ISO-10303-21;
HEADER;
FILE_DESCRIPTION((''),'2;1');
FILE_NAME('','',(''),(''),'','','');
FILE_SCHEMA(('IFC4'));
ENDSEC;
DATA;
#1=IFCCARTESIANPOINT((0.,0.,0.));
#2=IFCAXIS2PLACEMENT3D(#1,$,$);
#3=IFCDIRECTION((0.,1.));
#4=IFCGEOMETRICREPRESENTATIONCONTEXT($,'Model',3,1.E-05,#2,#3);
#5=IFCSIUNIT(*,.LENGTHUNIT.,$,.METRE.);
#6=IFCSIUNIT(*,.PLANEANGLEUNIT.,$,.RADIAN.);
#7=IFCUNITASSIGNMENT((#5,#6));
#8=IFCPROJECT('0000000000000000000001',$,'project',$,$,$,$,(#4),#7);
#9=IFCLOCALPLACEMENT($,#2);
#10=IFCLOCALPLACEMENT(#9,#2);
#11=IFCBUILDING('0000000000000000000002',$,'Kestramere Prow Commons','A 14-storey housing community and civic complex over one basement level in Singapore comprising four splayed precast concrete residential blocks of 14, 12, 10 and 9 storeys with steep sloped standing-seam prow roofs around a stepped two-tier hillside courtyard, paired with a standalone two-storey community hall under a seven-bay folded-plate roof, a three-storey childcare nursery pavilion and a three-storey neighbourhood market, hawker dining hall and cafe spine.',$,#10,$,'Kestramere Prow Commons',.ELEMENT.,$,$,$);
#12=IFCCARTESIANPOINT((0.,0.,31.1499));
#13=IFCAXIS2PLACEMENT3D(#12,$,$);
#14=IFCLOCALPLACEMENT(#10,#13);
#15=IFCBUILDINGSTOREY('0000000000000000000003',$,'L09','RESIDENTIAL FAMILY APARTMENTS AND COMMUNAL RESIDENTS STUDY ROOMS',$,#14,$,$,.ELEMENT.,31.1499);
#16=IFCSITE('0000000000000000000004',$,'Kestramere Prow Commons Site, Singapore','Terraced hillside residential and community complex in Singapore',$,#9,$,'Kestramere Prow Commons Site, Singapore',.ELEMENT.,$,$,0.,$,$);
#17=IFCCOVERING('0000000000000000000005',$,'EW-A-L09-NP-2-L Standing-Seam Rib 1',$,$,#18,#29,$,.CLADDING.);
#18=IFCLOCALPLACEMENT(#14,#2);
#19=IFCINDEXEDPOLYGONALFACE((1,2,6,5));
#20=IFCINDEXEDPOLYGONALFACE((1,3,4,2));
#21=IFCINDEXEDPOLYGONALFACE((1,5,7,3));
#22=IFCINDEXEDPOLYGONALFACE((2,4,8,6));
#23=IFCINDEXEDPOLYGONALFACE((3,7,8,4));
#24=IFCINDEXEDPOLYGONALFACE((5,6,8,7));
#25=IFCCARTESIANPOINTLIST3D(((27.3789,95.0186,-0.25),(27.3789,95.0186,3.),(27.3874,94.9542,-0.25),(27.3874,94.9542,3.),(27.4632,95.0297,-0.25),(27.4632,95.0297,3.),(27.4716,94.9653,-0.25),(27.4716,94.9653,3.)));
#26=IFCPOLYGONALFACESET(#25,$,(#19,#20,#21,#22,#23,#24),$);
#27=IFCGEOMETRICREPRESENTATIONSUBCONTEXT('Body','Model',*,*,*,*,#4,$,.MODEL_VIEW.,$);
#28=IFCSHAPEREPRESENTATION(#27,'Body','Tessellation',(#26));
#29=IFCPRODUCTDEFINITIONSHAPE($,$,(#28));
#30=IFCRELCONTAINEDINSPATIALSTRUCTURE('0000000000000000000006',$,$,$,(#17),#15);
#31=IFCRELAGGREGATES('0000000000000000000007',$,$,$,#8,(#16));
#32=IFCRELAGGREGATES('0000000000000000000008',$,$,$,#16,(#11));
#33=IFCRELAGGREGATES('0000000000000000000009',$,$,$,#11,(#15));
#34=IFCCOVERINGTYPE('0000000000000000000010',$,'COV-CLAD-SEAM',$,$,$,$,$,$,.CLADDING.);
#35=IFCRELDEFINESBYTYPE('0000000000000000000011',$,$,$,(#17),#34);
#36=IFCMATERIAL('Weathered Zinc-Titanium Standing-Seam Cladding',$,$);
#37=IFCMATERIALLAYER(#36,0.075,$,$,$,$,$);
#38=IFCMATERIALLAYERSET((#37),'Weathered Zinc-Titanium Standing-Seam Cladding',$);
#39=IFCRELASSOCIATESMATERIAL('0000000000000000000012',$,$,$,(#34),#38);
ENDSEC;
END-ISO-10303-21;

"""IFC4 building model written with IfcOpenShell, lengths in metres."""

from ifc_helpers import new_model, si_unit, direction, frame, origin, origin_2d, place, context, subcontext, project, spatial, rectangle, extrude, material, layer, layer_set, type_object, element, save


model = new_model("IFC4")

# Units and contexts
model_context = context("Model", 3, precision=1e-05, world=origin(), true_north=direction((0.0, 1.0)))
body_context = subcontext(model_context, "Body", "Model", "MODEL_VIEW")
ifc_project = project(units=[si_unit("LENGTHUNIT", "METRE"), si_unit("PLANEANGLEUNIT", "RADIAN")], contexts=[model_context])

# Site, building, storey
site_placement = place(None, origin())
site = spatial("IfcSite", under=ifc_project, at=site_placement, Name="Kestramere Prow Commons Site, Singapore", Description="Terraced hillside residential and community complex in Singapore", LongName="Kestramere Prow Commons Site, Singapore", CompositionType="ELEMENT", RefElevation=0.0)
building_placement = place(site_placement, origin())
building = spatial("IfcBuilding", under=site, at=building_placement, Name="Kestramere Prow Commons", Description="A 14-storey housing community and civic complex over one basement level in Singapore comprising four splayed precast concrete residential blocks of 14, 12, 10 and 9 storeys with steep sloped standing-seam prow roofs around a stepped two-tier hillside courtyard, paired with a standalone two-storey community hall under a seven-bay folded-plate roof, a three-storey childcare nursery pavilion and a three-storey neighbourhood market, hawker dining hall and cafe spine.", LongName="Kestramere Prow Commons", CompositionType="ELEMENT")
storey_placement = place(building_placement, frame((0.0, 0.0, 31.1499)))
storey = spatial("IfcBuildingStorey", under=building, at=storey_placement, Name="L09", Description="RESIDENTIAL FAMILY APARTMENTS AND COMMUNAL RESIDENTS STUDY ROOMS", CompositionType="ELEMENT", Elevation=31.1499)

# Covering
ifc_material_1 = material(Name="Weathered Zinc-Titanium Standing-Seam Cladding")
ifc_layer_1 = layer(ifc_material_1, 0.075)
ifc_layer_set_1 = layer_set([ifc_layer_1], Name="Weathered Zinc-Titanium Standing-Seam Cladding")
covering_type = type_object("IfcCoveringType", Name="COV-CLAD-SEAM", PredefinedType="CLADDING", material=ifc_layer_set_1)
for number, where, z_axis, x_axis, name in (
    (1, (27.4253, 94.9919, -0.25), (0.0, 0.0, 1.0), (0.991445, 0.130526, 0.0), "EW-A-L09-NP-2-L Standing-Seam Rib 1"),
):
    element("IfcCovering", number, at=place(storey_placement, frame(where, z_axis=z_axis, x_axis=x_axis)), inside=storey, type_object=covering_type, Name=name, PredefinedType="CLADDING", context=body_context, shape_type="SweptSolid", body=[
        extrude(rectangle(XDim=0.085, YDim=0.0649, at=origin_2d()), origin(), (0.0, 0.0, 1.0), 3.25),
    ])

save(model, "model.ifc")
